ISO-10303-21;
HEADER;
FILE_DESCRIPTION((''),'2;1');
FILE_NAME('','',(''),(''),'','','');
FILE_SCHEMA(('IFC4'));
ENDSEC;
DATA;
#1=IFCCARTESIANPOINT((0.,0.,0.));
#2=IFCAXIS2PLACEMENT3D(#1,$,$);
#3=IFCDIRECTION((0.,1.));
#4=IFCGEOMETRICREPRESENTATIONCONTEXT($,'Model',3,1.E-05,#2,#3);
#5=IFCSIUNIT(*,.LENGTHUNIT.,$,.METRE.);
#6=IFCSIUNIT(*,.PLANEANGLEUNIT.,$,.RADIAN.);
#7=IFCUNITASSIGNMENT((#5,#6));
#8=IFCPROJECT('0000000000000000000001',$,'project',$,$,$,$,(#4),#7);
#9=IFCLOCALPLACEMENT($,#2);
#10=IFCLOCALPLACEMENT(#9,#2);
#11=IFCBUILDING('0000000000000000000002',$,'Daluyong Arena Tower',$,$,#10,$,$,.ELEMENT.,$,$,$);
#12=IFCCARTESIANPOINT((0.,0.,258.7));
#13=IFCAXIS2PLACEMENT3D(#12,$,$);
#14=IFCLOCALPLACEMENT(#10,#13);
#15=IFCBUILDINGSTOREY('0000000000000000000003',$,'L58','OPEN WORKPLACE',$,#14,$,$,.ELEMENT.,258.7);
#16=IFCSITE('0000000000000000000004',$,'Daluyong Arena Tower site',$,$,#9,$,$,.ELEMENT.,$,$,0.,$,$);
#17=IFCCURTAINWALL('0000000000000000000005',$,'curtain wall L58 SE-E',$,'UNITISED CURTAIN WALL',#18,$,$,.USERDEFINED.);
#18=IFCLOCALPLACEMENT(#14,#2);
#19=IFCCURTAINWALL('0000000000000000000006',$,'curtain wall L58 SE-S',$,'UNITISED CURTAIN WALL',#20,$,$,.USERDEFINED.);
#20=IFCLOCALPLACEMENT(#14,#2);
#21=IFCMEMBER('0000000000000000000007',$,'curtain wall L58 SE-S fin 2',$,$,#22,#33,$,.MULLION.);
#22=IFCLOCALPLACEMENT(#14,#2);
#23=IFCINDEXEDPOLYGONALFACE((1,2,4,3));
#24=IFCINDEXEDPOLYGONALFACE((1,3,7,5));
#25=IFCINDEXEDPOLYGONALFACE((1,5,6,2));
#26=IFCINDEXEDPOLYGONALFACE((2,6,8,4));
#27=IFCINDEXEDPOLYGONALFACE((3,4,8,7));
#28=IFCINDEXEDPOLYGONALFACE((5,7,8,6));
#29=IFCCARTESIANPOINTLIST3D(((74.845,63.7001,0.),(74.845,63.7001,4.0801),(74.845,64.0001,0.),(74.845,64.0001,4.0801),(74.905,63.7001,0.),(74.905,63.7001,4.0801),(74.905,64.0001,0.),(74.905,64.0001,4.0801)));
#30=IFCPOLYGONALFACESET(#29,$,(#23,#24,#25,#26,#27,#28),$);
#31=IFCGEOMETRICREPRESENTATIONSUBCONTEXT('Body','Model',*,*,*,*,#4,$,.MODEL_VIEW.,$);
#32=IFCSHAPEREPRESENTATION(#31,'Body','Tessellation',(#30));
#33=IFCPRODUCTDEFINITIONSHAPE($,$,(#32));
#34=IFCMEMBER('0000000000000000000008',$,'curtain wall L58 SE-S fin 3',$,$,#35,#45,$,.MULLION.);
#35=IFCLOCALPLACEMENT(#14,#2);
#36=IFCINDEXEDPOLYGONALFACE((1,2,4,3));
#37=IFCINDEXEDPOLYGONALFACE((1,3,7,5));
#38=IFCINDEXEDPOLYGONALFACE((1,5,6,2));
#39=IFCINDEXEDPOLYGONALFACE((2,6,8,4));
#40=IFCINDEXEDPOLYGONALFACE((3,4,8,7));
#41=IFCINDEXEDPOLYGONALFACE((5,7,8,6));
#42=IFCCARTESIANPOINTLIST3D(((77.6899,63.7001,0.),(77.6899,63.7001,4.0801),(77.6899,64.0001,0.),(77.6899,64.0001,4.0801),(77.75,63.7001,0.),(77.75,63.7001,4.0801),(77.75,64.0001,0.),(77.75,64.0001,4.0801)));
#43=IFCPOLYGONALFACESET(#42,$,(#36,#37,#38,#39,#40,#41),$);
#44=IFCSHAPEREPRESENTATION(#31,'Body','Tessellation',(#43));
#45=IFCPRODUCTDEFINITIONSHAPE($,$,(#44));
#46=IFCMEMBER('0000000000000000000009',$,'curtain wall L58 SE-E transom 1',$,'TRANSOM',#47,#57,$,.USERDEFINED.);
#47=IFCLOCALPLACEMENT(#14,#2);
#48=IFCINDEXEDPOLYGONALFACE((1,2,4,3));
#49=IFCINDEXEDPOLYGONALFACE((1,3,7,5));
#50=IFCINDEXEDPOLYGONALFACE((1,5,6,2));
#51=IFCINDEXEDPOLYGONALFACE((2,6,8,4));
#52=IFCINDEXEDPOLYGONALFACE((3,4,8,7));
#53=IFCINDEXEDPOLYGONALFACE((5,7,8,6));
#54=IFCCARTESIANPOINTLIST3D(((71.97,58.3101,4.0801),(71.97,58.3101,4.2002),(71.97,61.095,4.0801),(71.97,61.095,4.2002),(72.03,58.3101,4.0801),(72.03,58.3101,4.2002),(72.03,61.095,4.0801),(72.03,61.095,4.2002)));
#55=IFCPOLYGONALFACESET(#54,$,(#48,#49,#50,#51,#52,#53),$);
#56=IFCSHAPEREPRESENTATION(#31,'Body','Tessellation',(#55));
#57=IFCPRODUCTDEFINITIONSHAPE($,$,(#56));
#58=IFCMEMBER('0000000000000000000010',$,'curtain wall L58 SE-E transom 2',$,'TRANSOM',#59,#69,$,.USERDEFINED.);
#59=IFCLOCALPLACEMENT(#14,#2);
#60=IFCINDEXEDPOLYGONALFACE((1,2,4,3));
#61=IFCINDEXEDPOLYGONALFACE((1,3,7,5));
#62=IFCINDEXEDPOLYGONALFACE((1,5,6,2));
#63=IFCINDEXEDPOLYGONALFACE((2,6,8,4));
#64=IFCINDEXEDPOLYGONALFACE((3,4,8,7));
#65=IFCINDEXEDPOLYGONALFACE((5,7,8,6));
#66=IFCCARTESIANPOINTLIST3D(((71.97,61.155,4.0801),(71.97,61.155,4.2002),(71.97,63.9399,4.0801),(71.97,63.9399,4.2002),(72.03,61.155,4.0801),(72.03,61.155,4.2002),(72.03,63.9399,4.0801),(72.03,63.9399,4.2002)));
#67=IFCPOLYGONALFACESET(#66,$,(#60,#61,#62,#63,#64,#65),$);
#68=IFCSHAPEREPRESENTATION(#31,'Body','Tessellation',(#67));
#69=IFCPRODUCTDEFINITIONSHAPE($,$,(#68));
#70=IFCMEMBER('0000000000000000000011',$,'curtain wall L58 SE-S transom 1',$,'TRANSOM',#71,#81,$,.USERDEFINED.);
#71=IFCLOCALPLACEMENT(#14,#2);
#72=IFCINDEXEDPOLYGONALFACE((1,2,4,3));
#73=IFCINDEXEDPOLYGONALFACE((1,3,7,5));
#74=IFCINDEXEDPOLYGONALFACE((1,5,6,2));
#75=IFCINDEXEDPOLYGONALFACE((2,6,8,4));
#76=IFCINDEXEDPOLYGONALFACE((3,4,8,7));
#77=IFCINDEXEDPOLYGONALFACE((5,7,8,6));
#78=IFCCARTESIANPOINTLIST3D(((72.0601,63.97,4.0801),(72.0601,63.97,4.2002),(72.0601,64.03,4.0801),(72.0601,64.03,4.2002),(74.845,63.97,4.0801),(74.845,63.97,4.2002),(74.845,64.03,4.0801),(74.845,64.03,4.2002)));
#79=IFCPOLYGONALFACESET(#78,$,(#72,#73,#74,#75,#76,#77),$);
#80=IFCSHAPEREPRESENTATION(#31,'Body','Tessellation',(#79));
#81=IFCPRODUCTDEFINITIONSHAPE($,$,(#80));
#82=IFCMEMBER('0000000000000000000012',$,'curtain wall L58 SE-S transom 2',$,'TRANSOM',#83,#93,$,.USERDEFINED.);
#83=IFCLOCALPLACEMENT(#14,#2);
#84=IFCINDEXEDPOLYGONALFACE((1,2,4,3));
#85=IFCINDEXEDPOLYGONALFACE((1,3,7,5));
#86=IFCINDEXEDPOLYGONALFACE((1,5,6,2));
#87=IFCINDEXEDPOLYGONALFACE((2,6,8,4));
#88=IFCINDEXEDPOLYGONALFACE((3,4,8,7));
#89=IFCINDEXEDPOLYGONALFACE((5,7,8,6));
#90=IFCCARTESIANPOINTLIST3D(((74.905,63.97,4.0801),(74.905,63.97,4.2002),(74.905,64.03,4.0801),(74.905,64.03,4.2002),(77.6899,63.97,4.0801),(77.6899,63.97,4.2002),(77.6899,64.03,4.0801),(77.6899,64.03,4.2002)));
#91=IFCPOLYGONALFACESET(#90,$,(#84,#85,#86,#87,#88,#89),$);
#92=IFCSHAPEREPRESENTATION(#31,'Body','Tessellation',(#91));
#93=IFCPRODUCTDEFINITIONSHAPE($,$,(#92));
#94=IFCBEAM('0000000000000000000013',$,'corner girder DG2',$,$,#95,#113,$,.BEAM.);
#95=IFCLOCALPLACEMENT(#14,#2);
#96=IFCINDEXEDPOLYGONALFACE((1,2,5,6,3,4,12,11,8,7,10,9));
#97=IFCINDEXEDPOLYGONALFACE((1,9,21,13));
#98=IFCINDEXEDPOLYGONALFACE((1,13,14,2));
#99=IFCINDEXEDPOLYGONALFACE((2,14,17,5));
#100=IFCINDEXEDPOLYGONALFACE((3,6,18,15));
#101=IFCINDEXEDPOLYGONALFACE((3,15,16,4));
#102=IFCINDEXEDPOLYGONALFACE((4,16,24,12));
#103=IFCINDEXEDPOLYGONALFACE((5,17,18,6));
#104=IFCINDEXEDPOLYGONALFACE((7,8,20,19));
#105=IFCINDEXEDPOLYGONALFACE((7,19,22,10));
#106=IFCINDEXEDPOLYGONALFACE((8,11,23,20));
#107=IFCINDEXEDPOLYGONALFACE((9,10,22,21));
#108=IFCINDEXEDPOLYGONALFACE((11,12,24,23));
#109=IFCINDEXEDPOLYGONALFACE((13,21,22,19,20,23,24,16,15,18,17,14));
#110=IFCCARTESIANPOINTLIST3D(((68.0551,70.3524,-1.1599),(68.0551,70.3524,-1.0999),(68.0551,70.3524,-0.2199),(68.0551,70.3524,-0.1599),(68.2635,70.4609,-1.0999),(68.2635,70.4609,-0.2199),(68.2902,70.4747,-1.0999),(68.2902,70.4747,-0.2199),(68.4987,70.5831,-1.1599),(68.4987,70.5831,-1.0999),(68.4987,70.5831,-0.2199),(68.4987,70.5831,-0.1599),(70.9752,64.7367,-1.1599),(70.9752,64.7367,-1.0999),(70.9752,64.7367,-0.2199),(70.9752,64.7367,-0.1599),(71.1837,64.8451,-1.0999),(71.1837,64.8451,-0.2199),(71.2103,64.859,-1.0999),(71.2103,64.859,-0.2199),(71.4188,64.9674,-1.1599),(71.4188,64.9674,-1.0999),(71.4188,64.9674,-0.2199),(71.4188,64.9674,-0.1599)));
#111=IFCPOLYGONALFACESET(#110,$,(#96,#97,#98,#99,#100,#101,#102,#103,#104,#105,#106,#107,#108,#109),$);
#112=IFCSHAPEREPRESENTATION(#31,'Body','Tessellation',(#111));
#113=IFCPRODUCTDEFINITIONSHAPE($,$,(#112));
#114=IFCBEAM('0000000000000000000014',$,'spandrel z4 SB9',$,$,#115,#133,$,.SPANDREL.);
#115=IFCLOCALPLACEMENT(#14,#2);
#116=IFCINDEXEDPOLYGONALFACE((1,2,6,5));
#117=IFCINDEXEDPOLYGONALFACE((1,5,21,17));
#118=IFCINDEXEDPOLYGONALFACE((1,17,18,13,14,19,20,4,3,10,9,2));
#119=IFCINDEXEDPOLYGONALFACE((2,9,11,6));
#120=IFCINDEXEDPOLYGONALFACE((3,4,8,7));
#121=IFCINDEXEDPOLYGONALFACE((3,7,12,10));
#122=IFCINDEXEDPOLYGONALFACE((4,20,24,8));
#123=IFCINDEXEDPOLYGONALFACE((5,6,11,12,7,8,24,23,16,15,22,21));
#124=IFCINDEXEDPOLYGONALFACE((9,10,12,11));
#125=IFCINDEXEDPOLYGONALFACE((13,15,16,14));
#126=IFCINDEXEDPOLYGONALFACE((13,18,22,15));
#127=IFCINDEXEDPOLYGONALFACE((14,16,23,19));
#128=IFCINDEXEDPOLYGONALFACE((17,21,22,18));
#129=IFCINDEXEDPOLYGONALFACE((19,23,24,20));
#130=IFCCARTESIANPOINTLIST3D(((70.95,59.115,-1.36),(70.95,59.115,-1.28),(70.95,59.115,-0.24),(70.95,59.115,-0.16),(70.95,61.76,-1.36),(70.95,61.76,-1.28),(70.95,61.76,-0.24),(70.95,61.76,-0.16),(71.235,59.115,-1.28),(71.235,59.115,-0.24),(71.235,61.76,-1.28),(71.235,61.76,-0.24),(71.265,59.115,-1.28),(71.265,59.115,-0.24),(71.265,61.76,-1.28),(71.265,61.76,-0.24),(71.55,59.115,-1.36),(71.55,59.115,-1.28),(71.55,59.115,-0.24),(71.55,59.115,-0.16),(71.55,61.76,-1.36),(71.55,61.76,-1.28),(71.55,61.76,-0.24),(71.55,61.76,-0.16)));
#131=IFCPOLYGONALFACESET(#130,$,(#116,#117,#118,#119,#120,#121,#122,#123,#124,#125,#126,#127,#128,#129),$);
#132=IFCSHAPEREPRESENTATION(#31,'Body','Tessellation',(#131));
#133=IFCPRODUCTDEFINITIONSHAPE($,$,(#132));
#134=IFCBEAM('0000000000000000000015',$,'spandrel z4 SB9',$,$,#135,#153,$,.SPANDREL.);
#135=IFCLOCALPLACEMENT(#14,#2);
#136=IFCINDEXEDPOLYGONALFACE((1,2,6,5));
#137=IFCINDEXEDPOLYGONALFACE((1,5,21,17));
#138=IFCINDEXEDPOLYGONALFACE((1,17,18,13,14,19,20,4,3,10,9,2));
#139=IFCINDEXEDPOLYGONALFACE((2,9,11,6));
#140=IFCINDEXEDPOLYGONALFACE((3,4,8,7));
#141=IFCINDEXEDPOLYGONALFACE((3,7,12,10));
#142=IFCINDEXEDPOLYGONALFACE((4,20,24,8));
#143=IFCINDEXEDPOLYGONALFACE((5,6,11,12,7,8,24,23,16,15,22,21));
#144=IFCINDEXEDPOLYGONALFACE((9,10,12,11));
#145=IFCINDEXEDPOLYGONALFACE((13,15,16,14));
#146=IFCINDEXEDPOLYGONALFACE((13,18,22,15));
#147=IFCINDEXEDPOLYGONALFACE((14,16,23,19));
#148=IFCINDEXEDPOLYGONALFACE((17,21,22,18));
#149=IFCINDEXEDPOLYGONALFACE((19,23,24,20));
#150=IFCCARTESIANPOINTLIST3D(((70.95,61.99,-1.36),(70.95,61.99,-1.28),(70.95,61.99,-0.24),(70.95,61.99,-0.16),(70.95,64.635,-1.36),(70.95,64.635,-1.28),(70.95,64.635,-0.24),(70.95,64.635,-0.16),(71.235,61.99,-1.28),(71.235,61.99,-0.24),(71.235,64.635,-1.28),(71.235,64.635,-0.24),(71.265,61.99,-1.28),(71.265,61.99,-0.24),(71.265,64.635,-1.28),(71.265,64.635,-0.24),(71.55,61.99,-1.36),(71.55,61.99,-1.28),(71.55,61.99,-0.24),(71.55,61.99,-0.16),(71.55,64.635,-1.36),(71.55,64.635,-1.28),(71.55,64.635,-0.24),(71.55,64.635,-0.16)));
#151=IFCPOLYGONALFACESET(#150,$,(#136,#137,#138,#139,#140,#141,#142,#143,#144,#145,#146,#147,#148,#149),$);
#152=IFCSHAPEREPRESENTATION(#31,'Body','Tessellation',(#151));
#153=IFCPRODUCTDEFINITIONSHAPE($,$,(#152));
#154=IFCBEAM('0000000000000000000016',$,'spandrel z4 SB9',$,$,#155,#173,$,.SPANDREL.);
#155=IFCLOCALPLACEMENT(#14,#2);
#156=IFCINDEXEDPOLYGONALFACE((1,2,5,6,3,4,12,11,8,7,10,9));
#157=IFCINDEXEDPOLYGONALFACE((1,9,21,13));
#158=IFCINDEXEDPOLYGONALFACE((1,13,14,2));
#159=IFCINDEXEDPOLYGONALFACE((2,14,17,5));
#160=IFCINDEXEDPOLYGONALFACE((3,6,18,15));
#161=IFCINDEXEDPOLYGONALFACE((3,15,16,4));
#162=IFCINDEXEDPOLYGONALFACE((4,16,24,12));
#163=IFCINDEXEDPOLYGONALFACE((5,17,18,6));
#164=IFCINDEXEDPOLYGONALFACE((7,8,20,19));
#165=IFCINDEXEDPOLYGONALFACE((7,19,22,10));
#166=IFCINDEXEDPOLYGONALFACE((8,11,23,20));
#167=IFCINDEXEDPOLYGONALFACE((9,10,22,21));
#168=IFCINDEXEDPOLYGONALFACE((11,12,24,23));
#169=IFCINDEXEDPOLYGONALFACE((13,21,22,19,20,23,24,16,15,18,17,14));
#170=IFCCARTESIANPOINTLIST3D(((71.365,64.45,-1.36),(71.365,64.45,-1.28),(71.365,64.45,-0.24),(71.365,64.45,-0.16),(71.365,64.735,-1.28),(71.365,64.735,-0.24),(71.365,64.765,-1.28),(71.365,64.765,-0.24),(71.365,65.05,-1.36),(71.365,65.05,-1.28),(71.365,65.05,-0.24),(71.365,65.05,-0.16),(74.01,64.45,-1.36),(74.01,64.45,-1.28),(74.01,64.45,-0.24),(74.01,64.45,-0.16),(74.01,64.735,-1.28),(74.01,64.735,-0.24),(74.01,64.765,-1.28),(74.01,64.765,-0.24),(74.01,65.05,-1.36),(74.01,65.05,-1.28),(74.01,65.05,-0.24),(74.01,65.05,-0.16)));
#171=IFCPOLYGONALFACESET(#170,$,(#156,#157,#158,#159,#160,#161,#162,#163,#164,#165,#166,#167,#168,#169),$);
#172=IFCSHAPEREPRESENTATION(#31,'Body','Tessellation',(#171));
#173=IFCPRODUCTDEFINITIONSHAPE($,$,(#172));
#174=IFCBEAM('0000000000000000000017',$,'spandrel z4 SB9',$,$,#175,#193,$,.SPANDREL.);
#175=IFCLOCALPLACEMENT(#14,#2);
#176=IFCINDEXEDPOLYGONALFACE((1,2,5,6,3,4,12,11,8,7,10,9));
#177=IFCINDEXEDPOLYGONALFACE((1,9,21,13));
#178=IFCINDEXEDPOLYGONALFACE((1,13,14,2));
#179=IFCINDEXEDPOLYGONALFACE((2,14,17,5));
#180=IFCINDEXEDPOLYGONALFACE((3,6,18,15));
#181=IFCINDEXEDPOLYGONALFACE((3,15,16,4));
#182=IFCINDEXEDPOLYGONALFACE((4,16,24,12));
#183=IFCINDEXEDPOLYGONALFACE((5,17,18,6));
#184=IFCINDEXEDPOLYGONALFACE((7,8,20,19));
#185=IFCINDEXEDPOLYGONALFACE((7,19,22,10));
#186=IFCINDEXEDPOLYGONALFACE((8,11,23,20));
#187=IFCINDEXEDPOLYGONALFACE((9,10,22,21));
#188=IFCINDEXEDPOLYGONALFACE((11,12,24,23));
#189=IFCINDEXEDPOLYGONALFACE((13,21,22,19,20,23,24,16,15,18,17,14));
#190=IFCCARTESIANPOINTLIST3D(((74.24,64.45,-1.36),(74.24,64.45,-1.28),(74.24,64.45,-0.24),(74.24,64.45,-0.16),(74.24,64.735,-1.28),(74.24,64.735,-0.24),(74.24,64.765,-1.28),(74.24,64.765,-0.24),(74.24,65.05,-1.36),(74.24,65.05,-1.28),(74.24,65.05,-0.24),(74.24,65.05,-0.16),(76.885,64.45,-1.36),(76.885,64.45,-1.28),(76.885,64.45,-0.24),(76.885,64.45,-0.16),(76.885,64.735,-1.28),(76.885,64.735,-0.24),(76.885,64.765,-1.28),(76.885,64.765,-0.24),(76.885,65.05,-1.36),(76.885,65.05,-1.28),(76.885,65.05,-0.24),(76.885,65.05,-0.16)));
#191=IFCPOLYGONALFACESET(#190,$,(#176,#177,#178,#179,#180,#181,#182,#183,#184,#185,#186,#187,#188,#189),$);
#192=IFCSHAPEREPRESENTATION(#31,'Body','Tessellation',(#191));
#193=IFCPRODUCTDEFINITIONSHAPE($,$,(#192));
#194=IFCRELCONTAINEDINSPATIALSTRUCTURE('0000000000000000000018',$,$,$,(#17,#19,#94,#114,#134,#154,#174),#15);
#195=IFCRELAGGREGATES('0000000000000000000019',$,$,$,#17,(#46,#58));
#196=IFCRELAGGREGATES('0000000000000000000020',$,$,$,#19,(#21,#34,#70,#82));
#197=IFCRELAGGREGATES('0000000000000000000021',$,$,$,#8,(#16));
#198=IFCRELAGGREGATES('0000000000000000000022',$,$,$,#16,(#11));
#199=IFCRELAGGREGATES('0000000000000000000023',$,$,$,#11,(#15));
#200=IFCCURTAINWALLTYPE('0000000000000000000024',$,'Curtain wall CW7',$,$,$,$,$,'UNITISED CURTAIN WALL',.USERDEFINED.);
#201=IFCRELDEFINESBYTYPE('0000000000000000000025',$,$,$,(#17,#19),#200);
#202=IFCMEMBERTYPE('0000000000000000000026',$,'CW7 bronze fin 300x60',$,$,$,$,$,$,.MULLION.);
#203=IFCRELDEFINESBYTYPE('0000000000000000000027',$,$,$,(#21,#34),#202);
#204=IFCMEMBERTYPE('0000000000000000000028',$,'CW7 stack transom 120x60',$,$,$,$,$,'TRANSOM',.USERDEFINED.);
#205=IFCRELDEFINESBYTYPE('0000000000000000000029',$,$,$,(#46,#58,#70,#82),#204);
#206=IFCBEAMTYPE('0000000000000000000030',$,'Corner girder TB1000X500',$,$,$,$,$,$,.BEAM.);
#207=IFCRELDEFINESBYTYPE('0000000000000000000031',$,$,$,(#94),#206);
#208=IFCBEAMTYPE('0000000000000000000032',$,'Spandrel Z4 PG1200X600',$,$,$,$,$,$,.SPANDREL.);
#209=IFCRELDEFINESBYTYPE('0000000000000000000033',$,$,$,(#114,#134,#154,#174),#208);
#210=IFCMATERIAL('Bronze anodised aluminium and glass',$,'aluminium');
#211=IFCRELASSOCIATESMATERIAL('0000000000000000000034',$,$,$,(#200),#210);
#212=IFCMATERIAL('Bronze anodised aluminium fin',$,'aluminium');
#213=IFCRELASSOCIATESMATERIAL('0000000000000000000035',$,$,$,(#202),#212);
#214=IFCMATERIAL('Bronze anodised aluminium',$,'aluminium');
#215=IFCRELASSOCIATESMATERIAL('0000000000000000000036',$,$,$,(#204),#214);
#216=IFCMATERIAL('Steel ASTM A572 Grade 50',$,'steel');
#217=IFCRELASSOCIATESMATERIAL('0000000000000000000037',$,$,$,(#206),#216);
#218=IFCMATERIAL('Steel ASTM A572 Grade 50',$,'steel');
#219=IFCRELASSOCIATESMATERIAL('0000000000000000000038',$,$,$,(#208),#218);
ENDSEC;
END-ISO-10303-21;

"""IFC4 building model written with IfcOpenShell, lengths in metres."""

from ifc_helpers import new_model, si_unit, direction, frame, origin, origin_2d, place, context, subcontext, project, spatial, rectangle, i_section, extrude, material, material_profile, profile_set, type_object, element, aggregate, save


model = new_model("IFC4")

# Units and contexts
model_context = context("Model", 3, precision=1e-05, world=origin(), true_north=direction((0.0, 1.0)))
body_context = subcontext(model_context, "Body", "Model", "MODEL_VIEW")
ifc_project = project(units=[si_unit("LENGTHUNIT", "METRE"), si_unit("PLANEANGLEUNIT", "RADIAN")], contexts=[model_context])

# Site, building, storey
site_placement = place(None, origin())
site = spatial("IfcSite", under=ifc_project, at=site_placement, Name="Daluyong Arena Tower site", CompositionType="ELEMENT", RefElevation=0.0)
building_placement = place(site_placement, origin())
building = spatial("IfcBuilding", under=site, at=building_placement, Name="Daluyong Arena Tower", CompositionType="ELEMENT")
storey_placement = place(building_placement, frame((0.0, 0.0, 258.7)))
storey = spatial("IfcBuildingStorey", under=building, at=storey_placement, Name="L58", Description="OPEN WORKPLACE", CompositionType="ELEMENT", Elevation=258.7)

# Curtain walls, members
ifc_material_1 = material(Name="Bronze anodised aluminium and glass", Category="aluminium")
curtain_wall_type_1 = type_object("IfcCurtainWallType", Name="Curtain wall CW7", ElementType="UNITISED CURTAIN WALL", PredefinedType="USERDEFINED", material=ifc_material_1)
curtain_wall_1_placement = place(storey_placement, origin())
curtain_wall_1 = element("IfcCurtainWall", 1, at=curtain_wall_1_placement, inside=storey, type_object=curtain_wall_type_1, Name="curtain wall L58 SE-E", ObjectType="UNITISED CURTAIN WALL", PredefinedType="USERDEFINED")
ifc_material_2 = material(Name="Bronze anodised aluminium fin", Category="aluminium")
ifc_material_profile_1 = material_profile(ifc_material_2, rectangle(XDim=0.3, YDim=0.0601, at=origin_2d()))
ifc_profile_set_1 = profile_set([ifc_material_profile_1], Name="Bronze anodised aluminium fin")
member_type_1 = type_object("IfcMemberType", Name="CW7 bronze fin 300x60", PredefinedType="MULLION", material=ifc_profile_set_1)
curtain_wall_2_placement = place(storey_placement, origin())
curtain_wall_2 = element("IfcCurtainWall", 2, at=curtain_wall_2_placement, inside=storey, type_object=curtain_wall_type_1, Name="curtain wall L58 SE-S", ObjectType="UNITISED CURTAIN WALL", PredefinedType="USERDEFINED")
member_1_placement = place(storey_placement, frame((74.875, 63.8501, 0.0), z_axis=(0.0, 0.0, 1.0), x_axis=(0.0, 1.0, 0.0)))
member_1 = element("IfcMember", 3, at=member_1_placement, type_object=member_type_1, Name="curtain wall L58 SE-S fin 2", PredefinedType="MULLION", context=body_context, shape_type="SweptSolid", body=[
    extrude(rectangle(XDim=0.3, YDim=0.0601, at=origin_2d()), origin(), (0.0, 0.0, 1.0), 4.0801),
])
member_2_placement = place(storey_placement, frame((77.72, 63.8501, 0.0), z_axis=(0.0, 0.0, 1.0), x_axis=(0.0, 1.0, 0.0)))
member_2 = element("IfcMember", 4, at=member_2_placement, type_object=member_type_1, Name="curtain wall L58 SE-S fin 3", PredefinedType="MULLION", context=body_context, shape_type="SweptSolid", body=[
    extrude(rectangle(XDim=0.3, YDim=0.0601, at=origin_2d()), origin(), (0.0, 0.0, 1.0), 4.0801),
])

# Members
ifc_material_3 = material(Name="Bronze anodised aluminium", Category="aluminium")
ifc_material_profile_2 = material_profile(ifc_material_3, rectangle(XDim=0.0601, YDim=0.1201, at=origin_2d()))
ifc_profile_set_2 = profile_set([ifc_material_profile_2], Name="Bronze anodised aluminium")
member_type_2 = type_object("IfcMemberType", Name="CW7 stack transom 120x60", ElementType="TRANSOM", PredefinedType="USERDEFINED", material=ifc_profile_set_2)
member_3_placement = place(storey_placement, frame((72.0, 58.3101, 4.1401), z_axis=(0.0, 1.0, 0.0), x_axis=(-1.0, 0.0, 0.0)))
member_3 = element("IfcMember", 5, at=member_3_placement, type_object=member_type_2, Name="curtain wall L58 SE-E transom 1", ObjectType="TRANSOM", PredefinedType="USERDEFINED", context=body_context, shape_type="SweptSolid", body=[
    extrude(rectangle(XDim=0.0601, YDim=0.1201, at=origin_2d()), origin(), (0.0, 0.0, 1.0), 2.7849),
])
member_4_placement = place(storey_placement, frame((72.0, 61.155, 4.1401), z_axis=(0.0, 1.0, 0.0), x_axis=(-1.0, 0.0, 0.0)))
member_4 = element("IfcMember", 6, at=member_4_placement, type_object=member_type_2, Name="curtain wall L58 SE-E transom 2", ObjectType="TRANSOM", PredefinedType="USERDEFINED", context=body_context, shape_type="SweptSolid", body=[
    extrude(rectangle(XDim=0.0601, YDim=0.1201, at=origin_2d()), origin(), (0.0, 0.0, 1.0), 2.7849),
])
member_5_placement = place(storey_placement, frame((72.0601, 64.0, 4.1401), z_axis=(1.0, 0.0, 0.0), x_axis=(0.0, 1.0, 0.0)))
member_5 = element("IfcMember", 7, at=member_5_placement, type_object=member_type_2, Name="curtain wall L58 SE-S transom 1", ObjectType="TRANSOM", PredefinedType="USERDEFINED", context=body_context, shape_type="SweptSolid", body=[
    extrude(rectangle(XDim=0.0601, YDim=0.1201, at=origin_2d()), origin(), (0.0, 0.0, 1.0), 2.7849),
])
member_6_placement = place(storey_placement, frame((74.905, 64.0, 4.1401), z_axis=(1.0, 0.0, 0.0), x_axis=(0.0, 1.0, 0.0)))
member_6 = element("IfcMember", 8, at=member_6_placement, type_object=member_type_2, Name="curtain wall L58 SE-S transom 2", ObjectType="TRANSOM", PredefinedType="USERDEFINED", context=body_context, shape_type="SweptSolid", body=[
    extrude(rectangle(XDim=0.0601, YDim=0.1201, at=origin_2d()), origin(), (0.0, 0.0, 1.0), 2.7849),
])

# Beams
ifc_material_4 = material(Name="Steel ASTM A572 Grade 50", Category="steel")
ifc_material_profile_3 = material_profile(ifc_material_4, i_section(OverallWidth=0.5, OverallDepth=1.0, WebThickness=0.03, FlangeThickness=0.06, at=origin_2d()))
ifc_profile_set_3 = profile_set([ifc_material_profile_3], Name="Steel ASTM A572 Grade 50")
beam_type_1 = type_object("IfcBeamType", Name="Corner girder TB1000X500", PredefinedType="BEAM", material=ifc_profile_set_3)
beam_placement = place(storey_placement, frame((71.197, 64.8521, -0.6599), z_axis=(-0.461352, 0.887217, 0.0), x_axis=(-0.887217, -0.461352, 0.0)))
element("IfcBeam", 9, at=beam_placement, inside=storey, type_object=beam_type_1, Name="corner girder DG2", PredefinedType="BEAM", context=body_context, shape_type="SweptSolid", body=[
    extrude(i_section(OverallWidth=0.5, OverallDepth=1.0, WebThickness=0.03, FlangeThickness=0.06, at=origin_2d()), origin(), (0.0, 0.0, 1.0), 6.3296),
])
ifc_material_5 = material(Name="Steel ASTM A572 Grade 50", Category="steel")
ifc_material_profile_4 = material_profile(ifc_material_5, i_section(OverallWidth=0.6001, OverallDepth=1.2, WebThickness=0.03, FlangeThickness=0.08, at=origin_2d()))
ifc_profile_set_4 = profile_set([ifc_material_profile_4], Name="Steel ASTM A572 Grade 50")
beam_type_2 = type_object("IfcBeamType", Name="Spandrel Z4 PG1200X600", PredefinedType="SPANDREL", material=ifc_profile_set_4)
for number, where, z_axis, x_axis, name in (
    (10, (71.25, 59.115, -0.76), (0.0, 1.0, 0.0), (-1.0, 0.0, 0.0), "spandrel z4 SB9"),
    (11, (71.25, 61.99, -0.76), (0.0, 1.0, 0.0), (-1.0, 0.0, 0.0), "spandrel z4 SB9"),
    (12, (71.365, 64.75, -0.76), (1.0, 0.0, 0.0), (0.0, 1.0, 0.0), "spandrel z4 SB9"),
    (13, (74.24, 64.75, -0.76), (1.0, 0.0, 0.0), (0.0, 1.0, 0.0), "spandrel z4 SB9"),
):
    element("IfcBeam", number, at=place(storey_placement, frame(where, z_axis=z_axis, x_axis=x_axis)), inside=storey, type_object=beam_type_2, Name=name, PredefinedType="SPANDREL", context=body_context, shape_type="SweptSolid", body=[
        extrude(i_section(OverallWidth=0.6001, OverallDepth=1.2, WebThickness=0.03, FlangeThickness=0.08, at=origin_2d()), origin(), (0.0, 0.0, 1.0), 2.645),
    ])

aggregate(curtain_wall_1, [member_3, member_4])
aggregate(curtain_wall_2, [member_1, member_2, member_5, member_6])

save(model, "model.ifc")
